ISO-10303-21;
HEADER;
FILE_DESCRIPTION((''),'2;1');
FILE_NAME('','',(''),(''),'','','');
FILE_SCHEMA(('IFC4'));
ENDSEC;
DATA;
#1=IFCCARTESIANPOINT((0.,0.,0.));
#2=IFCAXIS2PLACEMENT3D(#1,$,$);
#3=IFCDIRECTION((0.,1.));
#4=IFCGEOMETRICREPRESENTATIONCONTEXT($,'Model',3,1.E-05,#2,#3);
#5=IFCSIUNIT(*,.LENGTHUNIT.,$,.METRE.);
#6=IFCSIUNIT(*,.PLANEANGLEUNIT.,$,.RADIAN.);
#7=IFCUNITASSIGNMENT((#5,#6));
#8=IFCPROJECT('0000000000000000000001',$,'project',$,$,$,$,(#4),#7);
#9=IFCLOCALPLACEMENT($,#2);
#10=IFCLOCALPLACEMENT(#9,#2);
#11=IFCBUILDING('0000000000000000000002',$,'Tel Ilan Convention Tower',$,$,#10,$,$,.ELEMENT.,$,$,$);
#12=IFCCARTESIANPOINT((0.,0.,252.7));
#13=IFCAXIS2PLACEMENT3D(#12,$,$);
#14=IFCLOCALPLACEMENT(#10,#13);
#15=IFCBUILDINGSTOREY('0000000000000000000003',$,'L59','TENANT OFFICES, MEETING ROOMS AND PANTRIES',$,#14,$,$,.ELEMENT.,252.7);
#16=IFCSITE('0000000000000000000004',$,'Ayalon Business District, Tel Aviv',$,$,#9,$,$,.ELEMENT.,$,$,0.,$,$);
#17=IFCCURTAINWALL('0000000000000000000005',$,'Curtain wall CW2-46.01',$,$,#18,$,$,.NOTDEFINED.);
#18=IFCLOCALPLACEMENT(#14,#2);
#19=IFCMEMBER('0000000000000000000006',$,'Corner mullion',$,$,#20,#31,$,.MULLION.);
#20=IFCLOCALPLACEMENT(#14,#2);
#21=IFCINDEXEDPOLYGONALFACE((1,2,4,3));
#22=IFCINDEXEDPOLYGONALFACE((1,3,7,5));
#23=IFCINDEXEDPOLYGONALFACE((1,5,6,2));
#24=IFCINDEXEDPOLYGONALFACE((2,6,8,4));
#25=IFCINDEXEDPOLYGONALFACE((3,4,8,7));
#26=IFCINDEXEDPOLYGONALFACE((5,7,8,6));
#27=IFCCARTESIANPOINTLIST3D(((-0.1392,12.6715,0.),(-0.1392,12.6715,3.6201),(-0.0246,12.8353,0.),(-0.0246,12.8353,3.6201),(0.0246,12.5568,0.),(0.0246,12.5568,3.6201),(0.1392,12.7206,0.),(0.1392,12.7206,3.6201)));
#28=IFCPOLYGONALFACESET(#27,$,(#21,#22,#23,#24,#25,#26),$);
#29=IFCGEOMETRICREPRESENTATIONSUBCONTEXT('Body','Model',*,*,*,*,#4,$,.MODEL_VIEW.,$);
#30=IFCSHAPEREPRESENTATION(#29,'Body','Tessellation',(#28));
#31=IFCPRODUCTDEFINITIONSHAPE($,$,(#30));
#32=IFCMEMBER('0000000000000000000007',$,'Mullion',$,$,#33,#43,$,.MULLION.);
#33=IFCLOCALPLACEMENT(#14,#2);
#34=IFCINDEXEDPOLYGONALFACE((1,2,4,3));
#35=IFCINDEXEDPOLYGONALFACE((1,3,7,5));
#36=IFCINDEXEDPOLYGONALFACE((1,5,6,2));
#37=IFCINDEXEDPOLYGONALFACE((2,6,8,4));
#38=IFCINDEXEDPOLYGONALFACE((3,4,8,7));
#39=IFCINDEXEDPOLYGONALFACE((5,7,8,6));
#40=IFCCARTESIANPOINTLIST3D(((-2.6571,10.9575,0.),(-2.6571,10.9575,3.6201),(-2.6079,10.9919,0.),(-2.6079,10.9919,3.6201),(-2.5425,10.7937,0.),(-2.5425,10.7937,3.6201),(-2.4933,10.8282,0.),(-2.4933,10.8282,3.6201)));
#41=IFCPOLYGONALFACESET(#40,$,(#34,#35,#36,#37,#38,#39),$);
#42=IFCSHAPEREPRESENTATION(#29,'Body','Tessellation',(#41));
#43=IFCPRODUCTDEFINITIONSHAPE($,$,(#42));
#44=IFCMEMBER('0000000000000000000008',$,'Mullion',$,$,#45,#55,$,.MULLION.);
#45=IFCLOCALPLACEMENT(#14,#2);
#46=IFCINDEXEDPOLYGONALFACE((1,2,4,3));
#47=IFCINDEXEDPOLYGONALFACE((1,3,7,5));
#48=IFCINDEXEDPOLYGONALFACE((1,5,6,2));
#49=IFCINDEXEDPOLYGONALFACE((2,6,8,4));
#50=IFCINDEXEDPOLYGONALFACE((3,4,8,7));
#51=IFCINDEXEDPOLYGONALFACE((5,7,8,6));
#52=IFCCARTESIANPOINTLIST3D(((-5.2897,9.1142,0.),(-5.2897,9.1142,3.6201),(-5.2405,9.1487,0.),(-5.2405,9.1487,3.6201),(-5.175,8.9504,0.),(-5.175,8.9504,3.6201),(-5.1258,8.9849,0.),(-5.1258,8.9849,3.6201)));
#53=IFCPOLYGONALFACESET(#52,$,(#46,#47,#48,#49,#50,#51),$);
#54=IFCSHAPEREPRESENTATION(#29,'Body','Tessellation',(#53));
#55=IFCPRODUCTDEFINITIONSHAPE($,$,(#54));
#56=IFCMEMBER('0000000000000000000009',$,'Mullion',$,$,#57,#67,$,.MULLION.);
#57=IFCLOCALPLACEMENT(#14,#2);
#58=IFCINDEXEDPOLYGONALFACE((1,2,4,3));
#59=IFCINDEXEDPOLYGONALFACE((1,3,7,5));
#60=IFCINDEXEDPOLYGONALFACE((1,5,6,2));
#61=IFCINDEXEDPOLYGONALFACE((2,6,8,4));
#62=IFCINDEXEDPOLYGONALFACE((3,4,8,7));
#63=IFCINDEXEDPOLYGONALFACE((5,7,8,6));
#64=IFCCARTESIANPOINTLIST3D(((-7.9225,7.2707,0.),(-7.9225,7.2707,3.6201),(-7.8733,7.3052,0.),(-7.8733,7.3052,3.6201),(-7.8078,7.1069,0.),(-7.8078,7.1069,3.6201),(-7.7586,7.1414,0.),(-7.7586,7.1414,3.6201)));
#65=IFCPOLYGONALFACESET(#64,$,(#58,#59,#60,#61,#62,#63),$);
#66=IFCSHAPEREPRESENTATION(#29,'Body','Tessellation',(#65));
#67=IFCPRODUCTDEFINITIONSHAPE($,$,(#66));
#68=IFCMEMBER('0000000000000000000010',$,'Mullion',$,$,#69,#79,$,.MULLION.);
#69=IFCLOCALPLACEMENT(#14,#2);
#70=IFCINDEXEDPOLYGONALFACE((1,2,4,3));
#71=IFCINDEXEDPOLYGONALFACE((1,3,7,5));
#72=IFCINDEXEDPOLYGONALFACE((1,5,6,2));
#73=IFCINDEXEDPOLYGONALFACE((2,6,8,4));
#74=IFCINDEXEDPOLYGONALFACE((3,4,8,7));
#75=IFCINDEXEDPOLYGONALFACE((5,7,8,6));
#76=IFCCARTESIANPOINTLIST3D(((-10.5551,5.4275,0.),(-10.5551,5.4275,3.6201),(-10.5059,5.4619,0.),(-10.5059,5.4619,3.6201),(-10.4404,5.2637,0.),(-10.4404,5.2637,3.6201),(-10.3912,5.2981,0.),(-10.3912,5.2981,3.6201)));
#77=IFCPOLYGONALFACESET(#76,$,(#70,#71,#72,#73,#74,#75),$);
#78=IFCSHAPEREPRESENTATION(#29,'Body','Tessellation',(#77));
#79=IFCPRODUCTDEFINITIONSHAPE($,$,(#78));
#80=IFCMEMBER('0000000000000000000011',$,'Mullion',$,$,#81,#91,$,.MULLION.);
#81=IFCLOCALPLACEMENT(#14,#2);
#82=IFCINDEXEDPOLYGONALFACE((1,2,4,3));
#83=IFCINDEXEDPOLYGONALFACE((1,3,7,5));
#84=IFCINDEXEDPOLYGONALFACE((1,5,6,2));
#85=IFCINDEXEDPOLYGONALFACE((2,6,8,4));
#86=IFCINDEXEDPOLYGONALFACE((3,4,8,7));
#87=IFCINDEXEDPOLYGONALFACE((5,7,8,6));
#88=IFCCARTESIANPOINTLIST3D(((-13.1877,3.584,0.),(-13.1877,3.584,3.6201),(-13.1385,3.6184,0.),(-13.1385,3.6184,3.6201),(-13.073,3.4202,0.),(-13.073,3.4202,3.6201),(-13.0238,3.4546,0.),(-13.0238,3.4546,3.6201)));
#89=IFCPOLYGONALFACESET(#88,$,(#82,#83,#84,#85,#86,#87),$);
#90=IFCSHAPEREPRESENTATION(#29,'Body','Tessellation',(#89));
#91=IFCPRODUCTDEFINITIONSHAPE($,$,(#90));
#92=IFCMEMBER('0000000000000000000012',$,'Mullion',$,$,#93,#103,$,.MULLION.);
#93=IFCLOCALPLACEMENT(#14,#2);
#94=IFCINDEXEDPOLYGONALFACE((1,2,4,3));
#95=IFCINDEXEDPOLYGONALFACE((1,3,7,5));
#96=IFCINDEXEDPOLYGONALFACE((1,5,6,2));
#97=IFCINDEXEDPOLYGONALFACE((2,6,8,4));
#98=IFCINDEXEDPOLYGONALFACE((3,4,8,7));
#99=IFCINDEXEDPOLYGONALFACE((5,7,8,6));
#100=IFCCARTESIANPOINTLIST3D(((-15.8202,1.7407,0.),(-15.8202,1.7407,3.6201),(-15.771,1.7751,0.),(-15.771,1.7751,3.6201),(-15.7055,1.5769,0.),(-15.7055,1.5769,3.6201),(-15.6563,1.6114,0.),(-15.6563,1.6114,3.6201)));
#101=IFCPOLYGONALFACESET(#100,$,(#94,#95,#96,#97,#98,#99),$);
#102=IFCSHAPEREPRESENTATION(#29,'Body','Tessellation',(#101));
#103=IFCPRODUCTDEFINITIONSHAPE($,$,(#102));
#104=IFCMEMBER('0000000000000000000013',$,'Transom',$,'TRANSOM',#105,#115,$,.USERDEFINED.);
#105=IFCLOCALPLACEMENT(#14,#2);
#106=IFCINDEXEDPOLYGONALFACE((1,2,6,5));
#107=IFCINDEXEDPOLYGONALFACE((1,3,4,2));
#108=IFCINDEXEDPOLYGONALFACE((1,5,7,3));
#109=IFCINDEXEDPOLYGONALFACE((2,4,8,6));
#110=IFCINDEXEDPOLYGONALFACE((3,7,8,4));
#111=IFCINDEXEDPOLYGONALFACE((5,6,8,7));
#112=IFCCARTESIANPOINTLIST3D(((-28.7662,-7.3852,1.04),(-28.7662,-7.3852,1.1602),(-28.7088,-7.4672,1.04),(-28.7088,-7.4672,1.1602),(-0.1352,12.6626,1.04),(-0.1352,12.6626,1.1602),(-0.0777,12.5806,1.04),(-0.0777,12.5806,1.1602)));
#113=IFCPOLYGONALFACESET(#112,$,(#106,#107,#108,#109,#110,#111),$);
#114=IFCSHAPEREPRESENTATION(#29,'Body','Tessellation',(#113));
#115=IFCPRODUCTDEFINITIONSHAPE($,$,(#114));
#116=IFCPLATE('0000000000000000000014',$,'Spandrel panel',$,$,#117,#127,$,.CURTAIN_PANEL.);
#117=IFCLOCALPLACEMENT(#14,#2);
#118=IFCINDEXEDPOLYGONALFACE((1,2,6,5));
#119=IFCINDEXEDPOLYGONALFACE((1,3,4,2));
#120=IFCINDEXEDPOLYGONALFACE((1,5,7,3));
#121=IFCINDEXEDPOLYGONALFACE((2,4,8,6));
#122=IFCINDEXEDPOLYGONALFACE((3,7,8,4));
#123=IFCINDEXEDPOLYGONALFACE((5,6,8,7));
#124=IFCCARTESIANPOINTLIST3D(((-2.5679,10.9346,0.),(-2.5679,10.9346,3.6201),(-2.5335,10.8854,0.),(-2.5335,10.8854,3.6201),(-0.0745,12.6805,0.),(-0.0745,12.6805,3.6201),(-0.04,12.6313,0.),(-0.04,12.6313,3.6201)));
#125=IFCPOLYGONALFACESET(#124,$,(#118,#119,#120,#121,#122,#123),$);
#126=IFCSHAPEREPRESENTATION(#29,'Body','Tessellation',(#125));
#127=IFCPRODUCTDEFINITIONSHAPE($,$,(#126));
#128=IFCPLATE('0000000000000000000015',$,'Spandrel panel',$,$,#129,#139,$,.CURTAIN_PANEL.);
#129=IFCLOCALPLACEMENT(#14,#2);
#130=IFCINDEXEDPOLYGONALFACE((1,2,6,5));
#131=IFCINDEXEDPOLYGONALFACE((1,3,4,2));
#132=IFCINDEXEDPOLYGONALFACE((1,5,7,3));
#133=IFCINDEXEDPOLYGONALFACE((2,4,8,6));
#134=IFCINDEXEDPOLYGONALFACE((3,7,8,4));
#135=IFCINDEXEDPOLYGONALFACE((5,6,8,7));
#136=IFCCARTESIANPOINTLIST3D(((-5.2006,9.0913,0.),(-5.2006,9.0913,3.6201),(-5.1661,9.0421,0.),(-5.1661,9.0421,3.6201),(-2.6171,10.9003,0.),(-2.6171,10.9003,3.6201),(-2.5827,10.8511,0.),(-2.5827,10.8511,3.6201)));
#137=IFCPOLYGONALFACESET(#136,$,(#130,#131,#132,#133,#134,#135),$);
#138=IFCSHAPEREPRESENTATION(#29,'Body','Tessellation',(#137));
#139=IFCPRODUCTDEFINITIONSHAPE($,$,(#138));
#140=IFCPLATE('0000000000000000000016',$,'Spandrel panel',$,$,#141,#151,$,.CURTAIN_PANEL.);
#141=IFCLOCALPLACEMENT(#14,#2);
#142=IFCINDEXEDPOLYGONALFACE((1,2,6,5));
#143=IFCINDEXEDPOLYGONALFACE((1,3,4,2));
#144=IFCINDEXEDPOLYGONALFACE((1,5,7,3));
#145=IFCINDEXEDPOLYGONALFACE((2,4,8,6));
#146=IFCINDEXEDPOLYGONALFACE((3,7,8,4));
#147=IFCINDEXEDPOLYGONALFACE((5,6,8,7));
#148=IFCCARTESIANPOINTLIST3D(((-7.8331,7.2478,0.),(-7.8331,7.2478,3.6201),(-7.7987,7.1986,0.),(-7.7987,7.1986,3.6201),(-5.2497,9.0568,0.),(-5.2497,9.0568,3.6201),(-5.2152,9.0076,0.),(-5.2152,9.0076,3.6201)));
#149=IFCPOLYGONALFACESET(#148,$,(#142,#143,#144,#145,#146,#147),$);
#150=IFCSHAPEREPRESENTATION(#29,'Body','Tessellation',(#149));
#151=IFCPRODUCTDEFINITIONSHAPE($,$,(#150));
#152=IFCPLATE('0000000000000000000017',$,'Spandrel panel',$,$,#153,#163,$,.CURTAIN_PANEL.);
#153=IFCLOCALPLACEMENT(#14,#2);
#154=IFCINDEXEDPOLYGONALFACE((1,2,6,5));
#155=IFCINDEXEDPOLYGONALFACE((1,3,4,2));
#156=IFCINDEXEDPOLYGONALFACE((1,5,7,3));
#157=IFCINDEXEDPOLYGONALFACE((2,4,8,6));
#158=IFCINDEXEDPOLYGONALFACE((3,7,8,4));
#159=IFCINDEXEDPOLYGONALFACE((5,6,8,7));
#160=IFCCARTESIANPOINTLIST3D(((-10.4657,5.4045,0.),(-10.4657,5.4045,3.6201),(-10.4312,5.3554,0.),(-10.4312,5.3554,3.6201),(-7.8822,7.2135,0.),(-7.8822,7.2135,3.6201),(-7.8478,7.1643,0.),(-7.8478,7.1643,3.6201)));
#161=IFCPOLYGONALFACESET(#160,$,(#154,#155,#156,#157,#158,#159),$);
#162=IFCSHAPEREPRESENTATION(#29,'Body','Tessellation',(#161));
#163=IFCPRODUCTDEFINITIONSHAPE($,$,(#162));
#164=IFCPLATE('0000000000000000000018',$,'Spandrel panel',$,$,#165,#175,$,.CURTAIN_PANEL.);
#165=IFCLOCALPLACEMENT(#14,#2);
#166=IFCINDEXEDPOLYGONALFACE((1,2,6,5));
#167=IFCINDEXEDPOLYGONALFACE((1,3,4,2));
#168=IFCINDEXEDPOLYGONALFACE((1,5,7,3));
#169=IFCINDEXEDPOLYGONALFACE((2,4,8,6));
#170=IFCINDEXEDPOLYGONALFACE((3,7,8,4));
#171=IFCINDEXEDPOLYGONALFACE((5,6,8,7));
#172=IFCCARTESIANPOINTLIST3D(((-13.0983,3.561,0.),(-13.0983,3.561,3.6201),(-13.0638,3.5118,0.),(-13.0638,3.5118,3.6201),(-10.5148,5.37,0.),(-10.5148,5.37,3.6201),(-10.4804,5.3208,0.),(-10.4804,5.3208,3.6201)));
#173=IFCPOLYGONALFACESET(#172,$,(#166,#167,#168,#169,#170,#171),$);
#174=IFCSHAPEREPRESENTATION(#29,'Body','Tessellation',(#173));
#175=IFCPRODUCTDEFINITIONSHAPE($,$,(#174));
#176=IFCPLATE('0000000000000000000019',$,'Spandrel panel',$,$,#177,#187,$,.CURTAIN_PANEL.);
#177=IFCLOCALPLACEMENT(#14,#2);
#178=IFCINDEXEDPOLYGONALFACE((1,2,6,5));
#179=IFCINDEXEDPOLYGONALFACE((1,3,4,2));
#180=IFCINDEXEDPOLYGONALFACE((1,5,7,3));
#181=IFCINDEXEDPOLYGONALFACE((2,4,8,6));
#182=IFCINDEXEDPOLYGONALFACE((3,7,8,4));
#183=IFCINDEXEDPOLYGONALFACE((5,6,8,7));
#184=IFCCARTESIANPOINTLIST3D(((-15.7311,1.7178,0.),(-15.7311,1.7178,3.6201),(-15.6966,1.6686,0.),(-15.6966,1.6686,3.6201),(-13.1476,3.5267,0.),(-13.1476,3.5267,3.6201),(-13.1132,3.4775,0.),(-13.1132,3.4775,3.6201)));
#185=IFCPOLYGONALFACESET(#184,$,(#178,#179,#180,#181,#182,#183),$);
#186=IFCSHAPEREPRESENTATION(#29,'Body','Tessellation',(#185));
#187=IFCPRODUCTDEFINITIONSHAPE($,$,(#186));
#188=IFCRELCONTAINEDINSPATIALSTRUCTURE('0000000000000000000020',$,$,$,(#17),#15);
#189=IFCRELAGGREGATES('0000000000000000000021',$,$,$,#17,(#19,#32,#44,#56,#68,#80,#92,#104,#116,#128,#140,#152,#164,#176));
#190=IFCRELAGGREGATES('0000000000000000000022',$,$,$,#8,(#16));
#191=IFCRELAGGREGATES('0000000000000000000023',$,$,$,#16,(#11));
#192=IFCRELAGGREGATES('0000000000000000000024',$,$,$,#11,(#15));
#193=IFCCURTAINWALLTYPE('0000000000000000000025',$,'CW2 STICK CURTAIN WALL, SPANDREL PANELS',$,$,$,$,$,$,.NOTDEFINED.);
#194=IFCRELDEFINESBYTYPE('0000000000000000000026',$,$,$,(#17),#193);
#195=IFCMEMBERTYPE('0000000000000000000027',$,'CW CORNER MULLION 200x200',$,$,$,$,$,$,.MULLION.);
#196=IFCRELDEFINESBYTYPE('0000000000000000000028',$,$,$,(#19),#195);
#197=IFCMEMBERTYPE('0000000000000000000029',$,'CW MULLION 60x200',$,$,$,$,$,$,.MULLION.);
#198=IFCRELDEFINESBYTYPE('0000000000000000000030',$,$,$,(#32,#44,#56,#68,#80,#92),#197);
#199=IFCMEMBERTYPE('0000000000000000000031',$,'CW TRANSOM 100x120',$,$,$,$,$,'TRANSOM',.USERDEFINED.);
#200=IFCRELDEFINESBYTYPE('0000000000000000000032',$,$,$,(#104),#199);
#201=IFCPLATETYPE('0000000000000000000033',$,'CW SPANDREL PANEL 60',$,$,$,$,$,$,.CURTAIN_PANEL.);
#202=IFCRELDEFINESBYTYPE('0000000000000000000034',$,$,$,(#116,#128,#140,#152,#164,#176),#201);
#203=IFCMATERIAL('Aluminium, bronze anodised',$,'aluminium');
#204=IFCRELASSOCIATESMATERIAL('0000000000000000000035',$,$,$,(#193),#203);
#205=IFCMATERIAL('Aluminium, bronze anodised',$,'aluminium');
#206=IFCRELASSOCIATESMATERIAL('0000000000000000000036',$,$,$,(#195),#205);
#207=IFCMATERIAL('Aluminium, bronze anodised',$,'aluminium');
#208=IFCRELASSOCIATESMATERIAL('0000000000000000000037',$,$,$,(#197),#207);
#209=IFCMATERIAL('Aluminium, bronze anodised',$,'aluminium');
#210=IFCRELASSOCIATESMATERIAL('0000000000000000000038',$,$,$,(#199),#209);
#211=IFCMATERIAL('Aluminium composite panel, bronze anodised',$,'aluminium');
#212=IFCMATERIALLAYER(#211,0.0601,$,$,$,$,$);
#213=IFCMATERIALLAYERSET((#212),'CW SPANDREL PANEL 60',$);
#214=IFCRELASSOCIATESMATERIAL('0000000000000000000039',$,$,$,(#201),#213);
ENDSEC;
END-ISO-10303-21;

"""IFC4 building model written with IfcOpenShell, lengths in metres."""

from ifc_helpers import new_model, si_unit, direction, frame, origin, origin_2d, place, context, subcontext, project, spatial, rectangle, extrude, material, layer, layer_set, material_profile, profile_set, type_object, element, aggregate, save


model = new_model("IFC4")

# Units and contexts
model_context = context("Model", 3, precision=1e-05, world=origin(), true_north=direction((0.0, 1.0)))
body_context = subcontext(model_context, "Body", "Model", "MODEL_VIEW")
ifc_project = project(units=[si_unit("LENGTHUNIT", "METRE"), si_unit("PLANEANGLEUNIT", "RADIAN")], contexts=[model_context])

# Site, building, storey
site_placement = place(None, origin())
site = spatial("IfcSite", under=ifc_project, at=site_placement, Name="Ayalon Business District, Tel Aviv", CompositionType="ELEMENT", RefElevation=0.0)
building_placement = place(site_placement, origin())
building = spatial("IfcBuilding", under=site, at=building_placement, Name="Tel Ilan Convention Tower", CompositionType="ELEMENT")
storey_placement = place(building_placement, frame((0.0, 0.0, 252.7)))
storey = spatial("IfcBuildingStorey", under=building, at=storey_placement, Name="L59", Description="TENANT OFFICES, MEETING ROOMS AND PANTRIES", CompositionType="ELEMENT", Elevation=252.7)

# Curtain wall, members, plates
ifc_material_1 = material(Name="Aluminium, bronze anodised", Category="aluminium")
curtain_wall_type = type_object("IfcCurtainWallType", Name="CW2 STICK CURTAIN WALL, SPANDREL PANELS", PredefinedType="NOTDEFINED", material=ifc_material_1)
curtain_wall_placement = place(storey_placement, origin())
curtain_wall = element("IfcCurtainWall", 1, at=curtain_wall_placement, inside=storey, type_object=curtain_wall_type, Name="Curtain wall CW2-46.01", PredefinedType="NOTDEFINED")
ifc_material_2 = material(Name="Aluminium, bronze anodised", Category="aluminium")
ifc_material_profile_1 = material_profile(ifc_material_2, rectangle(XDim=0.2, YDim=0.2, at=origin_2d()), Name="CW CORNER MULLION 200x200")
ifc_profile_set_1 = profile_set([ifc_material_profile_1], Name="Aluminium, bronze anodised")
member_type_1 = type_object("IfcMemberType", Name="CW CORNER MULLION 200x200", PredefinedType="MULLION", material=ifc_profile_set_1)
member_1_placement = place(storey_placement, frame((0.0, 12.696, 0.0), z_axis=(0.0, 0.0, 1.0), x_axis=(-0.819152, 0.573576, 0.0)))
member_1 = element("IfcMember", 2, at=member_1_placement, type_object=member_type_1, Name="Corner mullion", PredefinedType="MULLION", context=body_context, shape_type="SweptSolid", body=[
    extrude(rectangle(XDim=0.2, YDim=0.2, at=origin_2d()), origin(), (0.0, 0.0, 1.0), 3.6201),
])
ifc_material_3 = material(Name="Aluminium, bronze anodised", Category="aluminium")
ifc_material_profile_2 = material_profile(ifc_material_3, rectangle(XDim=0.0601, YDim=0.2, at=origin_2d()), Name="CW MULLION 60x200")
ifc_profile_set_2 = profile_set([ifc_material_profile_2], Name="Aluminium, bronze anodised")
member_type_2 = type_object("IfcMemberType", Name="CW MULLION 60x200", PredefinedType="MULLION", material=ifc_profile_set_2)
member_2_placement = place(storey_placement, frame((-2.5752, 10.8928, 0.0), z_axis=(0.0, 0.0, 1.0), x_axis=(-0.819152, -0.573576, 0.0)))
member_2 = element("IfcMember", 3, at=member_2_placement, type_object=member_type_2, Name="Mullion", PredefinedType="MULLION", context=body_context, shape_type="SweptSolid", body=[
    extrude(rectangle(XDim=0.0601, YDim=0.2, at=origin_2d()), origin(), (0.0, 0.0, 1.0), 3.6201),
])
member_3_placement = place(storey_placement, frame((-5.2078, 9.0496, 0.0), z_axis=(0.0, 0.0, 1.0), x_axis=(-0.819152, -0.573576, 0.0)))
member_3 = element("IfcMember", 4, at=member_3_placement, type_object=member_type_2, Name="Mullion", PredefinedType="MULLION", context=body_context, shape_type="SweptSolid", body=[
    extrude(rectangle(XDim=0.0601, YDim=0.2, at=origin_2d()), origin(), (0.0, 0.0, 1.0), 3.6201),
])
member_4_placement = place(storey_placement, frame((-7.8406, 7.2061, 0.0), z_axis=(0.0, 0.0, 1.0), x_axis=(-0.819152, -0.573576, 0.0)))
member_4 = element("IfcMember", 5, at=member_4_placement, type_object=member_type_2, Name="Mullion", PredefinedType="MULLION", context=body_context, shape_type="SweptSolid", body=[
    extrude(rectangle(XDim=0.0601, YDim=0.2, at=origin_2d()), origin(), (0.0, 0.0, 1.0), 3.6201),
])
member_5_placement = place(storey_placement, frame((-10.4731, 5.3628, 0.0), z_axis=(0.0, 0.0, 1.0), x_axis=(-0.819152, -0.573576, 0.0)))
member_5 = element("IfcMember", 6, at=member_5_placement, type_object=member_type_2, Name="Mullion", PredefinedType="MULLION", context=body_context, shape_type="SweptSolid", body=[
    extrude(rectangle(XDim=0.0601, YDim=0.2, at=origin_2d()), origin(), (0.0, 0.0, 1.0), 3.6201),
])
member_6_placement = place(storey_placement, frame((-13.1057, 3.5193, 0.0), z_axis=(0.0, 0.0, 1.0), x_axis=(-0.819152, -0.573576, 0.0)))
member_6 = element("IfcMember", 7, at=member_6_placement, type_object=member_type_2, Name="Mullion", PredefinedType="MULLION", context=body_context, shape_type="SweptSolid", body=[
    extrude(rectangle(XDim=0.0601, YDim=0.2, at=origin_2d()), origin(), (0.0, 0.0, 1.0), 3.6201),
])
member_7_placement = place(storey_placement, frame((-15.7383, 1.676, 0.0), z_axis=(0.0, 0.0, 1.0), x_axis=(-0.819152, -0.573576, 0.0)))
member_7 = element("IfcMember", 8, at=member_7_placement, type_object=member_type_2, Name="Mullion", PredefinedType="MULLION", context=body_context, shape_type="SweptSolid", body=[
    extrude(rectangle(XDim=0.0601, YDim=0.2, at=origin_2d()), origin(), (0.0, 0.0, 1.0), 3.6201),
])
ifc_material_4 = material(Name="Aluminium, bronze anodised", Category="aluminium")
ifc_material_profile_3 = material_profile(ifc_material_4, rectangle(XDim=0.1001, YDim=0.1201, at=origin_2d()), Name="CW TRANSOM 100x120")
ifc_profile_set_3 = profile_set([ifc_material_profile_3], Name="Aluminium, bronze anodised")
member_type_3 = type_object("IfcMemberType", Name="CW TRANSOM 100x120", ElementType="TRANSOM", PredefinedType="USERDEFINED", material=ifc_profile_set_3)
member_8_placement = place(storey_placement, frame((-0.1064, 12.6216, 1.1001), z_axis=(-0.81915, -0.573579, 0.0), x_axis=(0.573579, -0.81915, 0.0)))
member_8 = element("IfcMember", 9, at=member_8_placement, type_object=member_type_3, Name="Transom", ObjectType="TRANSOM", PredefinedType="USERDEFINED", context=body_context, shape_type="SweptSolid", body=[
    extrude(rectangle(XDim=0.1001, YDim=0.1201, at=origin_2d()), origin(), (0.0, 0.0, 1.0), 34.9521),
])
ifc_material_5 = material(Name="Aluminium composite panel, bronze anodised", Category="aluminium")
ifc_layer_1 = layer(ifc_material_5, 0.0601)
ifc_layer_set_1 = layer_set([ifc_layer_1], Name="CW SPANDREL PANEL 60")
plate_type = type_object("IfcPlateType", Name="CW SPANDREL PANEL 60", PredefinedType="CURTAIN_PANEL", material=ifc_layer_set_1)
plate_1_placement = place(storey_placement, frame((-1.304, 11.783, 0.0), z_axis=(0.0, 0.0, 1.0), x_axis=(-0.819152, -0.573576, 0.0)))
plate_1 = element("IfcPlate", 10, at=plate_1_placement, type_object=plate_type, Name="Spandrel panel", PredefinedType="CURTAIN_PANEL", context=body_context, shape_type="SweptSolid", body=[
    extrude(rectangle(XDim=3.0439, YDim=0.0601, at=origin_2d()), origin(), (0.0, 0.0, 1.0), 3.6201),
])
plate_2_placement = place(storey_placement, frame((-3.8916, 9.9712, 0.0), z_axis=(0.0, 0.0, 1.0), x_axis=(-0.819152, -0.573576, 0.0)))
plate_2 = element("IfcPlate", 11, at=plate_2_placement, type_object=plate_type, Name="Spandrel panel", PredefinedType="CURTAIN_PANEL", context=body_context, shape_type="SweptSolid", body=[
    extrude(rectangle(XDim=3.1538, YDim=0.0601, at=origin_2d()), origin(), (0.0, 0.0, 1.0), 3.6201),
])
plate_3_placement = place(storey_placement, frame((-6.5242, 8.1277, 0.0), z_axis=(0.0, 0.0, 1.0), x_axis=(-0.819152, -0.573576, 0.0)))
plate_3 = element("IfcPlate", 12, at=plate_3_placement, type_object=plate_type, Name="Spandrel panel", PredefinedType="CURTAIN_PANEL", context=body_context, shape_type="SweptSolid", body=[
    extrude(rectangle(XDim=3.1538, YDim=0.0601, at=origin_2d()), origin(), (0.0, 0.0, 1.0), 3.6201),
])
plate_4_placement = place(storey_placement, frame((-9.1567, 6.2844, 0.0), z_axis=(0.0, 0.0, 1.0), x_axis=(-0.819152, -0.573576, 0.0)))
plate_4 = element("IfcPlate", 13, at=plate_4_placement, type_object=plate_type, Name="Spandrel panel", PredefinedType="CURTAIN_PANEL", context=body_context, shape_type="SweptSolid", body=[
    extrude(rectangle(XDim=3.1538, YDim=0.0601, at=origin_2d()), origin(), (0.0, 0.0, 1.0), 3.6201),
])
plate_5_placement = place(storey_placement, frame((-11.7893, 4.4409, 0.0), z_axis=(0.0, 0.0, 1.0), x_axis=(-0.819152, -0.573576, 0.0)))
plate_5 = element("IfcPlate", 14, at=plate_5_placement, type_object=plate_type, Name="Spandrel panel", PredefinedType="CURTAIN_PANEL", context=body_context, shape_type="SweptSolid", body=[
    extrude(rectangle(XDim=3.1538, YDim=0.0601, at=origin_2d()), origin(), (0.0, 0.0, 1.0), 3.6201),
])
plate_6_placement = place(storey_placement, frame((-14.4221, 2.5977, 0.0), z_axis=(0.0, 0.0, 1.0), x_axis=(-0.819152, -0.573576, 0.0)))
plate_6 = element("IfcPlate", 15, at=plate_6_placement, type_object=plate_type, Name="Spandrel panel", PredefinedType="CURTAIN_PANEL", context=body_context, shape_type="SweptSolid", body=[
    extrude(rectangle(XDim=3.1538, YDim=0.0601, at=origin_2d()), origin(), (0.0, 0.0, 1.0), 3.6201),
])
aggregate(curtain_wall, [member_1, member_2, member_3, member_4, member_5, member_6, member_7, member_8, plate_1, plate_2, plate_3, plate_4, plate_5, plate_6])

save(model, "model.ifc")
